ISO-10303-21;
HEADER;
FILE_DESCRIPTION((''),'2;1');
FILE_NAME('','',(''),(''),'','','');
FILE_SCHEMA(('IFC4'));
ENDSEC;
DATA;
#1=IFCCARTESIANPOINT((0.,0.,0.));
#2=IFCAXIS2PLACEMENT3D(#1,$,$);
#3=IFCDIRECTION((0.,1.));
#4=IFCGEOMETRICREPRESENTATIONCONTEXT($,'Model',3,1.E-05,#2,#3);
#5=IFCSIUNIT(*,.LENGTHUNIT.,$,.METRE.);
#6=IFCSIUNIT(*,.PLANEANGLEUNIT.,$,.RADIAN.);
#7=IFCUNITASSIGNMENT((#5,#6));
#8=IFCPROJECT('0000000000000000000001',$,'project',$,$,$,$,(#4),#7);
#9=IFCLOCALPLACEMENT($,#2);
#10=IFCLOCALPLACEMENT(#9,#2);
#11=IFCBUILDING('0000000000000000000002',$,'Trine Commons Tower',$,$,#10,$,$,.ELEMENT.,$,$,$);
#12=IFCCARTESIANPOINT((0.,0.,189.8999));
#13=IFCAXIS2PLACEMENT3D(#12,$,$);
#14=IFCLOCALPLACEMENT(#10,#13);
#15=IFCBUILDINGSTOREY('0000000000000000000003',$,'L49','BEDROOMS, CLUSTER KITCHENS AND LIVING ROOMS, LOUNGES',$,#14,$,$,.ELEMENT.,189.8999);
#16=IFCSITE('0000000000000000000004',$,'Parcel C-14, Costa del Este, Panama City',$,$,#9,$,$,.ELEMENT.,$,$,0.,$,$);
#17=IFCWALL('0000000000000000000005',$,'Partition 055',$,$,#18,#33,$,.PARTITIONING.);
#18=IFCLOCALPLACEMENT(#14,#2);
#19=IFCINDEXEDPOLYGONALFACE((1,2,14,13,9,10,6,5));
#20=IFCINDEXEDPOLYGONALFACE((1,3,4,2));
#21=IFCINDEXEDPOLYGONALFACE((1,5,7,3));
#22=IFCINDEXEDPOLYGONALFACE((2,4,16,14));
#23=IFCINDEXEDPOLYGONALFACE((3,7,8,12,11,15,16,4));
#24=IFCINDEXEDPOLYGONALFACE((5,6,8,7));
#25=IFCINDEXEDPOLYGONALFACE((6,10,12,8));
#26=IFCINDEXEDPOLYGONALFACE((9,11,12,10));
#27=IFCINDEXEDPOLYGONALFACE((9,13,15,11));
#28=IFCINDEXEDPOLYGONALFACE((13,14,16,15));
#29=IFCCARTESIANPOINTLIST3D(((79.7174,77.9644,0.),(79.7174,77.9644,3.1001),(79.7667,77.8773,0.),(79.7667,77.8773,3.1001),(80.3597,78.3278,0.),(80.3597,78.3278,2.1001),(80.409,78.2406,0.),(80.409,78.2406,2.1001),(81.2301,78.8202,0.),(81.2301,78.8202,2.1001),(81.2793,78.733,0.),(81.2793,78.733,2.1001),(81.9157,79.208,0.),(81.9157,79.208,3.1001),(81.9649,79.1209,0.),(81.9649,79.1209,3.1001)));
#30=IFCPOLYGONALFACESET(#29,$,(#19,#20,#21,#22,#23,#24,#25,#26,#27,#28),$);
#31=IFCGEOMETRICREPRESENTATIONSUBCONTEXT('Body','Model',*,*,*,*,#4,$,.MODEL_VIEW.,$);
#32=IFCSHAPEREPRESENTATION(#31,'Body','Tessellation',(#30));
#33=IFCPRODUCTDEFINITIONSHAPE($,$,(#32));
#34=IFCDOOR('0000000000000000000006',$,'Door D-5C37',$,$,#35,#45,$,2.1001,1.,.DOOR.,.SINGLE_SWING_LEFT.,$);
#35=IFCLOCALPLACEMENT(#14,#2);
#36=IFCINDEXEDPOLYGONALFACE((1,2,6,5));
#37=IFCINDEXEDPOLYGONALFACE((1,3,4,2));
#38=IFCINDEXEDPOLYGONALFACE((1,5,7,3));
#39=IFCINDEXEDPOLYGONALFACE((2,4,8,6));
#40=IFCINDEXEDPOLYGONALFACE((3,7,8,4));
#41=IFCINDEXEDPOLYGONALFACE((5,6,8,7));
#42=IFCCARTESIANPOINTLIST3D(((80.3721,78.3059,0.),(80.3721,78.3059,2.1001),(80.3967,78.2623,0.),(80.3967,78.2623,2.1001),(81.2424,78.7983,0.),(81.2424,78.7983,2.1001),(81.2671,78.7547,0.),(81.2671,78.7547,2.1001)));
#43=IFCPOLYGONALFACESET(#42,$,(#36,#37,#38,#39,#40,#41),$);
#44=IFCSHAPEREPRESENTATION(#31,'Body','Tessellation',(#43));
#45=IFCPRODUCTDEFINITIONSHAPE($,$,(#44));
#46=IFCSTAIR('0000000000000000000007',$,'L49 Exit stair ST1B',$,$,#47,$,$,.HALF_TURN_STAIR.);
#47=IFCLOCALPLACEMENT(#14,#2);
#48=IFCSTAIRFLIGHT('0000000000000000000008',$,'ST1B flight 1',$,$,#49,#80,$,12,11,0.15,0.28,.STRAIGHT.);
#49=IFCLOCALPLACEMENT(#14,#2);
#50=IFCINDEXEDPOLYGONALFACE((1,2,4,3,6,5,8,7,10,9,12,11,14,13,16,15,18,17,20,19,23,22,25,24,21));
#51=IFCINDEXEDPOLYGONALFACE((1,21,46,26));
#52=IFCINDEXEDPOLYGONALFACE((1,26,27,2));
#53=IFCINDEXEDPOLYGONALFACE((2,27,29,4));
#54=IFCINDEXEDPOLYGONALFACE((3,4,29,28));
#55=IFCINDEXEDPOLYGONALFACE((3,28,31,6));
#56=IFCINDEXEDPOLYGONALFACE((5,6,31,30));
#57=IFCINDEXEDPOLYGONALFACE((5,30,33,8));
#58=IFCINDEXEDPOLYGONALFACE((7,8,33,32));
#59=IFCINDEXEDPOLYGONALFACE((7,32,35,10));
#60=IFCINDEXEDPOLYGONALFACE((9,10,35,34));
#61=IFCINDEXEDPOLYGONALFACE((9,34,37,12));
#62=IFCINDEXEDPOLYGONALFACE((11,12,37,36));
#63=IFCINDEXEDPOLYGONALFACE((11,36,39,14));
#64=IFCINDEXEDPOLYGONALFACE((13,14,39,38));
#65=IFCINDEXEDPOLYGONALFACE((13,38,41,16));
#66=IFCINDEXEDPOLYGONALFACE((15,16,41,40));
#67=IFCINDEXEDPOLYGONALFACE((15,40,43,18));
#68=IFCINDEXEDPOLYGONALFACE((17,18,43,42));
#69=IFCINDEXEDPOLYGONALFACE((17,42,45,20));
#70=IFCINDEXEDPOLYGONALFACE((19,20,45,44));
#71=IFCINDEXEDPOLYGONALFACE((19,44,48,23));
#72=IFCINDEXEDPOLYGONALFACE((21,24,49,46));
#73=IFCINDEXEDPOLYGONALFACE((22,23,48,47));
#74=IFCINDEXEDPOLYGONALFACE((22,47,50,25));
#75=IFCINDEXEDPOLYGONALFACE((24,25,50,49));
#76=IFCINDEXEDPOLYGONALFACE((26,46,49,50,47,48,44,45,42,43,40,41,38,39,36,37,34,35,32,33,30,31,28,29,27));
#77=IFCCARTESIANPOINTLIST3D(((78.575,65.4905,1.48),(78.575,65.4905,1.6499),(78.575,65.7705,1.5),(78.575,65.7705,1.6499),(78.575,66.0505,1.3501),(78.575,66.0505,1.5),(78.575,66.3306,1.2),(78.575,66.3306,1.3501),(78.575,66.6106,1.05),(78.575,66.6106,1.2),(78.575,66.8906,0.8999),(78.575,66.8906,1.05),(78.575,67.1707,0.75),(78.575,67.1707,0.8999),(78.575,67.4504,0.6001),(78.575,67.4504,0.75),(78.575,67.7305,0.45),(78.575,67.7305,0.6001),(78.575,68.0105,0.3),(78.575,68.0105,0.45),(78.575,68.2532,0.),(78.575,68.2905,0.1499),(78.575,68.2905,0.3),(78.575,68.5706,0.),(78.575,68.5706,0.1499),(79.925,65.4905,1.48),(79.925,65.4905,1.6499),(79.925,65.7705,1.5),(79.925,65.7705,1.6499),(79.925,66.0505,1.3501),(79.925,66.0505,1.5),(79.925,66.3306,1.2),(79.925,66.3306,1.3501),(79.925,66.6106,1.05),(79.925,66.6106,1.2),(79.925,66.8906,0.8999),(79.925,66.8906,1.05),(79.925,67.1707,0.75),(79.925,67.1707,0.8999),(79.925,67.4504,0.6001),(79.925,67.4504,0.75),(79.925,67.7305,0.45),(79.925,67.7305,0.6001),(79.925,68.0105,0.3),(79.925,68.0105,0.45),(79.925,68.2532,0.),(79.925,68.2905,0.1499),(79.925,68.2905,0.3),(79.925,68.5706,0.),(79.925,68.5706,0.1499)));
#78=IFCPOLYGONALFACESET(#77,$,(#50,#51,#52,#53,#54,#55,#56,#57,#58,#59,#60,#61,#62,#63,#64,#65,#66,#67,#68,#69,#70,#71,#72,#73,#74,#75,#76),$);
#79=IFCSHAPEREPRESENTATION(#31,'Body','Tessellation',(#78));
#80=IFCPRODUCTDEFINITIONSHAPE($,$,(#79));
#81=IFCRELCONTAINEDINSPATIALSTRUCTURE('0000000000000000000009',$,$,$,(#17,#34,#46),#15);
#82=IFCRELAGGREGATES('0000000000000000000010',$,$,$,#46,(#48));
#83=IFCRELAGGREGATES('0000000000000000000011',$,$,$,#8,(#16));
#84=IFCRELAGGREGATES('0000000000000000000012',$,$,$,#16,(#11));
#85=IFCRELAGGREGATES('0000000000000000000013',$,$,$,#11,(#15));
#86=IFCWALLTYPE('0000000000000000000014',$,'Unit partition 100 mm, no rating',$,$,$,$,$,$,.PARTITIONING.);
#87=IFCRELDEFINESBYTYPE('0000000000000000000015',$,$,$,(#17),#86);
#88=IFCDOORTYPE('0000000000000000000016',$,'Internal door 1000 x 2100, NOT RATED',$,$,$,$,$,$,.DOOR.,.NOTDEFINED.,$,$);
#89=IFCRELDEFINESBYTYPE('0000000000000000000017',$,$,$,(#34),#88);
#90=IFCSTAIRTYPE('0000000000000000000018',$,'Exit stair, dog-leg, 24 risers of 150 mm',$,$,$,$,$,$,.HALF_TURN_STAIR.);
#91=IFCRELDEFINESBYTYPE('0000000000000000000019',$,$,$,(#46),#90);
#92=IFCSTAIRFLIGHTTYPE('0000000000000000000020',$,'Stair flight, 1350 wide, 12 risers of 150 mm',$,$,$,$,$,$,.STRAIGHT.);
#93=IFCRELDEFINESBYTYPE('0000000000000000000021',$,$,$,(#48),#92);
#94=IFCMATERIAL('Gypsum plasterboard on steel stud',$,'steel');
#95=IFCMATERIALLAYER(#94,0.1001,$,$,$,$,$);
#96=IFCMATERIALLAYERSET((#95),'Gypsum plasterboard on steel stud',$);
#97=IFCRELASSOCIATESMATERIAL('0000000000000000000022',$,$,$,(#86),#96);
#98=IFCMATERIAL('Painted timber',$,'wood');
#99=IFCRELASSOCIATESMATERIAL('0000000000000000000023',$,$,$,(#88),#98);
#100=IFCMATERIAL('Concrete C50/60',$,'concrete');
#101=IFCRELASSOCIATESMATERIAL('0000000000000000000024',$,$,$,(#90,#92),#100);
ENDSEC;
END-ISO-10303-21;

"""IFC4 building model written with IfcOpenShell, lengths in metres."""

from ifc_helpers import new_model, si_unit, direction, frame, frame_2d, origin, place, context, subcontext, project, spatial, polyline, rectangle, outline, extrude, material, layer, layer_set, type_object, element, fill, aggregate, save


model = new_model("IFC4")

# Units and contexts
model_context = context("Model", 3, precision=1e-05, world=origin(), true_north=direction((0.0, 1.0)))
body_context = subcontext(model_context, "Body", "Model", "MODEL_VIEW")
ifc_project = project(units=[si_unit("LENGTHUNIT", "METRE"), si_unit("PLANEANGLEUNIT", "RADIAN")], contexts=[model_context])

# Site, building, storey
site_placement = place(None, origin())
site = spatial("IfcSite", under=ifc_project, at=site_placement, Name="Parcel C-14, Costa del Este, Panama City", CompositionType="ELEMENT", RefElevation=0.0)
building_placement = place(site_placement, origin())
building = spatial("IfcBuilding", under=site, at=building_placement, Name="Trine Commons Tower", CompositionType="ELEMENT")
storey_placement = place(building_placement, frame((0.0, 0.0, 189.8999)))
storey = spatial("IfcBuildingStorey", under=building, at=storey_placement, Name="L49", Description="BEDROOMS, CLUSTER KITCHENS AND LIVING ROOMS, LOUNGES", CompositionType="ELEMENT", Elevation=189.8999)

# Shared definitions
ifc_material_1 = material(Name="Gypsum plasterboard on steel stud", Category="steel")

# Shared definitions
ifc_layer_1 = layer(ifc_material_1, 0.1001)
ifc_layer_set_1 = layer_set([ifc_layer_1], Name="Gypsum plasterboard on steel stud")
wall_type_1 = type_object("IfcWallType", Name="Unit partition 100 mm, no rating", PredefinedType="PARTITIONING", material=ifc_layer_set_1)
ifc_material_2 = material(Name="Painted timber", Category="wood")

# Wall, opening, door
wall_1_placement = place(storey_placement, frame((79.7422, 77.9209, 0.0), z_axis=(0.0, 0.0, 1.0), x_axis=(0.870365, 0.492408, 0.0)))
wall_1 = element("IfcWall", 1, at=wall_1_placement, inside=storey, type_object=wall_type_1, Name="Partition 055", PredefinedType="PARTITIONING", context=body_context, shape_type="SweptSolid", body=[
    extrude(rectangle(XDim=2.5256, YDim=0.1001, at=frame_2d((1.2627, 0.0))), origin(), (0.0, 0.0, 1.0), 3.1001),
])
opening_1_placement = place(wall_1_placement, frame((0.7378, 0.0, 0.0)))
opening_1 = element("IfcOpeningElement", 2, at=opening_1_placement, cuts=wall_1, PredefinedType="OPENING", context=body_context, shape_type="SweptSolid", body=[
    extrude(rectangle(XDim=1.0, YDim=2.1001, at=frame_2d((0.5, 1.05))), frame((0.0, 0.0601, 0.0), z_axis=(0.0, -1.0, 0.0), x_axis=(1.0, 0.0, 0.0)), (0.0, 0.0, 1.0), 0.1201),
])
door_type_1 = type_object("IfcDoorType", Name="Internal door 1000 x 2100, NOT RATED", OperationType="NOTDEFINED", PredefinedType="DOOR", material=ifc_material_2)
door_1_placement = place(opening_1_placement, origin())
door_1 = element("IfcDoor", 3, at=door_1_placement, inside=storey, type_object=door_type_1, Name="Door D-5C37", OperationType="SINGLE_SWING_LEFT", OverallHeight=2.1001, OverallWidth=1.0, PredefinedType="DOOR", context=body_context, shape_type="SweptSolid", body=[
    extrude(rectangle(XDim=1.0, YDim=2.1001, at=frame_2d((0.5, 1.05))), frame((0.0, 0.0249, 0.0), z_axis=(0.0, -1.0, 0.0), x_axis=(1.0, 0.0, 0.0)), (0.0, 0.0, 1.0), 0.05),
])
fill(opening_1, door_1)

# Stair, stair flight
ifc_material_3 = material(Name="Concrete C50/60", Category="concrete")
stair_type = type_object("IfcStairType", Name="Exit stair, dog-leg, 24 risers of 150 mm", PredefinedType="HALF_TURN_STAIR", material=ifc_material_3)
stair_placement = place(storey_placement, origin())
stair = element("IfcStair", 4, at=stair_placement, inside=storey, type_object=stair_type, Name="L49 Exit stair ST1B", PredefinedType="HALF_TURN_STAIR")
stair_flight_type = type_object("IfcStairFlightType", Name="Stair flight, 1350 wide, 12 risers of 150 mm", PredefinedType="STRAIGHT", material=ifc_material_3)
stair_flight_placement = place(storey_placement, frame((79.25, 68.5706, 0.0), z_axis=(0.0, 0.0, 1.0), x_axis=(0.0, -1.0, 0.0)))
stair_flight = element("IfcStairFlight", 5, at=stair_flight_placement, type_object=stair_flight_type, Name="ST1B flight 1", NumberOfRisers=12, NumberOfTreads=11, PredefinedType="STRAIGHT", RiserHeight=0.15, TreadLength=0.28, context=body_context, shape_type="SweptSolid", body=[
    extrude(outline(polyline([(0.0, 0.0), (0.0, 0.1499), (0.28, 0.1499), (0.28, 0.3), (0.5601, 0.3), (0.5601, 0.45), (0.8401, 0.45), (0.8401, 0.6001), (1.1201, 0.6001), (1.1201, 0.75), (1.3999, 0.75), (1.3999, 0.8999), (1.6799, 0.8999), (1.6799, 1.05), (1.96, 1.05), (1.96, 1.2), (2.24, 1.2), (2.24, 1.3501), (2.52, 1.3501), (2.52, 1.5), (2.8, 1.5), (2.8, 1.6499), (3.0801, 1.6499), (3.0801, 1.8), (3.0801, 1.48), (0.3174, 0.0), (0.0, 0.0)])), frame((0.0, 0.675, 0.0), z_axis=(0.0, -1.0, 0.0), x_axis=(1.0, 0.0, 0.0)), (0.0, 0.0, 1.0), 1.3501),
])
aggregate(stair, [stair_flight])

save(model, "model.ifc")
